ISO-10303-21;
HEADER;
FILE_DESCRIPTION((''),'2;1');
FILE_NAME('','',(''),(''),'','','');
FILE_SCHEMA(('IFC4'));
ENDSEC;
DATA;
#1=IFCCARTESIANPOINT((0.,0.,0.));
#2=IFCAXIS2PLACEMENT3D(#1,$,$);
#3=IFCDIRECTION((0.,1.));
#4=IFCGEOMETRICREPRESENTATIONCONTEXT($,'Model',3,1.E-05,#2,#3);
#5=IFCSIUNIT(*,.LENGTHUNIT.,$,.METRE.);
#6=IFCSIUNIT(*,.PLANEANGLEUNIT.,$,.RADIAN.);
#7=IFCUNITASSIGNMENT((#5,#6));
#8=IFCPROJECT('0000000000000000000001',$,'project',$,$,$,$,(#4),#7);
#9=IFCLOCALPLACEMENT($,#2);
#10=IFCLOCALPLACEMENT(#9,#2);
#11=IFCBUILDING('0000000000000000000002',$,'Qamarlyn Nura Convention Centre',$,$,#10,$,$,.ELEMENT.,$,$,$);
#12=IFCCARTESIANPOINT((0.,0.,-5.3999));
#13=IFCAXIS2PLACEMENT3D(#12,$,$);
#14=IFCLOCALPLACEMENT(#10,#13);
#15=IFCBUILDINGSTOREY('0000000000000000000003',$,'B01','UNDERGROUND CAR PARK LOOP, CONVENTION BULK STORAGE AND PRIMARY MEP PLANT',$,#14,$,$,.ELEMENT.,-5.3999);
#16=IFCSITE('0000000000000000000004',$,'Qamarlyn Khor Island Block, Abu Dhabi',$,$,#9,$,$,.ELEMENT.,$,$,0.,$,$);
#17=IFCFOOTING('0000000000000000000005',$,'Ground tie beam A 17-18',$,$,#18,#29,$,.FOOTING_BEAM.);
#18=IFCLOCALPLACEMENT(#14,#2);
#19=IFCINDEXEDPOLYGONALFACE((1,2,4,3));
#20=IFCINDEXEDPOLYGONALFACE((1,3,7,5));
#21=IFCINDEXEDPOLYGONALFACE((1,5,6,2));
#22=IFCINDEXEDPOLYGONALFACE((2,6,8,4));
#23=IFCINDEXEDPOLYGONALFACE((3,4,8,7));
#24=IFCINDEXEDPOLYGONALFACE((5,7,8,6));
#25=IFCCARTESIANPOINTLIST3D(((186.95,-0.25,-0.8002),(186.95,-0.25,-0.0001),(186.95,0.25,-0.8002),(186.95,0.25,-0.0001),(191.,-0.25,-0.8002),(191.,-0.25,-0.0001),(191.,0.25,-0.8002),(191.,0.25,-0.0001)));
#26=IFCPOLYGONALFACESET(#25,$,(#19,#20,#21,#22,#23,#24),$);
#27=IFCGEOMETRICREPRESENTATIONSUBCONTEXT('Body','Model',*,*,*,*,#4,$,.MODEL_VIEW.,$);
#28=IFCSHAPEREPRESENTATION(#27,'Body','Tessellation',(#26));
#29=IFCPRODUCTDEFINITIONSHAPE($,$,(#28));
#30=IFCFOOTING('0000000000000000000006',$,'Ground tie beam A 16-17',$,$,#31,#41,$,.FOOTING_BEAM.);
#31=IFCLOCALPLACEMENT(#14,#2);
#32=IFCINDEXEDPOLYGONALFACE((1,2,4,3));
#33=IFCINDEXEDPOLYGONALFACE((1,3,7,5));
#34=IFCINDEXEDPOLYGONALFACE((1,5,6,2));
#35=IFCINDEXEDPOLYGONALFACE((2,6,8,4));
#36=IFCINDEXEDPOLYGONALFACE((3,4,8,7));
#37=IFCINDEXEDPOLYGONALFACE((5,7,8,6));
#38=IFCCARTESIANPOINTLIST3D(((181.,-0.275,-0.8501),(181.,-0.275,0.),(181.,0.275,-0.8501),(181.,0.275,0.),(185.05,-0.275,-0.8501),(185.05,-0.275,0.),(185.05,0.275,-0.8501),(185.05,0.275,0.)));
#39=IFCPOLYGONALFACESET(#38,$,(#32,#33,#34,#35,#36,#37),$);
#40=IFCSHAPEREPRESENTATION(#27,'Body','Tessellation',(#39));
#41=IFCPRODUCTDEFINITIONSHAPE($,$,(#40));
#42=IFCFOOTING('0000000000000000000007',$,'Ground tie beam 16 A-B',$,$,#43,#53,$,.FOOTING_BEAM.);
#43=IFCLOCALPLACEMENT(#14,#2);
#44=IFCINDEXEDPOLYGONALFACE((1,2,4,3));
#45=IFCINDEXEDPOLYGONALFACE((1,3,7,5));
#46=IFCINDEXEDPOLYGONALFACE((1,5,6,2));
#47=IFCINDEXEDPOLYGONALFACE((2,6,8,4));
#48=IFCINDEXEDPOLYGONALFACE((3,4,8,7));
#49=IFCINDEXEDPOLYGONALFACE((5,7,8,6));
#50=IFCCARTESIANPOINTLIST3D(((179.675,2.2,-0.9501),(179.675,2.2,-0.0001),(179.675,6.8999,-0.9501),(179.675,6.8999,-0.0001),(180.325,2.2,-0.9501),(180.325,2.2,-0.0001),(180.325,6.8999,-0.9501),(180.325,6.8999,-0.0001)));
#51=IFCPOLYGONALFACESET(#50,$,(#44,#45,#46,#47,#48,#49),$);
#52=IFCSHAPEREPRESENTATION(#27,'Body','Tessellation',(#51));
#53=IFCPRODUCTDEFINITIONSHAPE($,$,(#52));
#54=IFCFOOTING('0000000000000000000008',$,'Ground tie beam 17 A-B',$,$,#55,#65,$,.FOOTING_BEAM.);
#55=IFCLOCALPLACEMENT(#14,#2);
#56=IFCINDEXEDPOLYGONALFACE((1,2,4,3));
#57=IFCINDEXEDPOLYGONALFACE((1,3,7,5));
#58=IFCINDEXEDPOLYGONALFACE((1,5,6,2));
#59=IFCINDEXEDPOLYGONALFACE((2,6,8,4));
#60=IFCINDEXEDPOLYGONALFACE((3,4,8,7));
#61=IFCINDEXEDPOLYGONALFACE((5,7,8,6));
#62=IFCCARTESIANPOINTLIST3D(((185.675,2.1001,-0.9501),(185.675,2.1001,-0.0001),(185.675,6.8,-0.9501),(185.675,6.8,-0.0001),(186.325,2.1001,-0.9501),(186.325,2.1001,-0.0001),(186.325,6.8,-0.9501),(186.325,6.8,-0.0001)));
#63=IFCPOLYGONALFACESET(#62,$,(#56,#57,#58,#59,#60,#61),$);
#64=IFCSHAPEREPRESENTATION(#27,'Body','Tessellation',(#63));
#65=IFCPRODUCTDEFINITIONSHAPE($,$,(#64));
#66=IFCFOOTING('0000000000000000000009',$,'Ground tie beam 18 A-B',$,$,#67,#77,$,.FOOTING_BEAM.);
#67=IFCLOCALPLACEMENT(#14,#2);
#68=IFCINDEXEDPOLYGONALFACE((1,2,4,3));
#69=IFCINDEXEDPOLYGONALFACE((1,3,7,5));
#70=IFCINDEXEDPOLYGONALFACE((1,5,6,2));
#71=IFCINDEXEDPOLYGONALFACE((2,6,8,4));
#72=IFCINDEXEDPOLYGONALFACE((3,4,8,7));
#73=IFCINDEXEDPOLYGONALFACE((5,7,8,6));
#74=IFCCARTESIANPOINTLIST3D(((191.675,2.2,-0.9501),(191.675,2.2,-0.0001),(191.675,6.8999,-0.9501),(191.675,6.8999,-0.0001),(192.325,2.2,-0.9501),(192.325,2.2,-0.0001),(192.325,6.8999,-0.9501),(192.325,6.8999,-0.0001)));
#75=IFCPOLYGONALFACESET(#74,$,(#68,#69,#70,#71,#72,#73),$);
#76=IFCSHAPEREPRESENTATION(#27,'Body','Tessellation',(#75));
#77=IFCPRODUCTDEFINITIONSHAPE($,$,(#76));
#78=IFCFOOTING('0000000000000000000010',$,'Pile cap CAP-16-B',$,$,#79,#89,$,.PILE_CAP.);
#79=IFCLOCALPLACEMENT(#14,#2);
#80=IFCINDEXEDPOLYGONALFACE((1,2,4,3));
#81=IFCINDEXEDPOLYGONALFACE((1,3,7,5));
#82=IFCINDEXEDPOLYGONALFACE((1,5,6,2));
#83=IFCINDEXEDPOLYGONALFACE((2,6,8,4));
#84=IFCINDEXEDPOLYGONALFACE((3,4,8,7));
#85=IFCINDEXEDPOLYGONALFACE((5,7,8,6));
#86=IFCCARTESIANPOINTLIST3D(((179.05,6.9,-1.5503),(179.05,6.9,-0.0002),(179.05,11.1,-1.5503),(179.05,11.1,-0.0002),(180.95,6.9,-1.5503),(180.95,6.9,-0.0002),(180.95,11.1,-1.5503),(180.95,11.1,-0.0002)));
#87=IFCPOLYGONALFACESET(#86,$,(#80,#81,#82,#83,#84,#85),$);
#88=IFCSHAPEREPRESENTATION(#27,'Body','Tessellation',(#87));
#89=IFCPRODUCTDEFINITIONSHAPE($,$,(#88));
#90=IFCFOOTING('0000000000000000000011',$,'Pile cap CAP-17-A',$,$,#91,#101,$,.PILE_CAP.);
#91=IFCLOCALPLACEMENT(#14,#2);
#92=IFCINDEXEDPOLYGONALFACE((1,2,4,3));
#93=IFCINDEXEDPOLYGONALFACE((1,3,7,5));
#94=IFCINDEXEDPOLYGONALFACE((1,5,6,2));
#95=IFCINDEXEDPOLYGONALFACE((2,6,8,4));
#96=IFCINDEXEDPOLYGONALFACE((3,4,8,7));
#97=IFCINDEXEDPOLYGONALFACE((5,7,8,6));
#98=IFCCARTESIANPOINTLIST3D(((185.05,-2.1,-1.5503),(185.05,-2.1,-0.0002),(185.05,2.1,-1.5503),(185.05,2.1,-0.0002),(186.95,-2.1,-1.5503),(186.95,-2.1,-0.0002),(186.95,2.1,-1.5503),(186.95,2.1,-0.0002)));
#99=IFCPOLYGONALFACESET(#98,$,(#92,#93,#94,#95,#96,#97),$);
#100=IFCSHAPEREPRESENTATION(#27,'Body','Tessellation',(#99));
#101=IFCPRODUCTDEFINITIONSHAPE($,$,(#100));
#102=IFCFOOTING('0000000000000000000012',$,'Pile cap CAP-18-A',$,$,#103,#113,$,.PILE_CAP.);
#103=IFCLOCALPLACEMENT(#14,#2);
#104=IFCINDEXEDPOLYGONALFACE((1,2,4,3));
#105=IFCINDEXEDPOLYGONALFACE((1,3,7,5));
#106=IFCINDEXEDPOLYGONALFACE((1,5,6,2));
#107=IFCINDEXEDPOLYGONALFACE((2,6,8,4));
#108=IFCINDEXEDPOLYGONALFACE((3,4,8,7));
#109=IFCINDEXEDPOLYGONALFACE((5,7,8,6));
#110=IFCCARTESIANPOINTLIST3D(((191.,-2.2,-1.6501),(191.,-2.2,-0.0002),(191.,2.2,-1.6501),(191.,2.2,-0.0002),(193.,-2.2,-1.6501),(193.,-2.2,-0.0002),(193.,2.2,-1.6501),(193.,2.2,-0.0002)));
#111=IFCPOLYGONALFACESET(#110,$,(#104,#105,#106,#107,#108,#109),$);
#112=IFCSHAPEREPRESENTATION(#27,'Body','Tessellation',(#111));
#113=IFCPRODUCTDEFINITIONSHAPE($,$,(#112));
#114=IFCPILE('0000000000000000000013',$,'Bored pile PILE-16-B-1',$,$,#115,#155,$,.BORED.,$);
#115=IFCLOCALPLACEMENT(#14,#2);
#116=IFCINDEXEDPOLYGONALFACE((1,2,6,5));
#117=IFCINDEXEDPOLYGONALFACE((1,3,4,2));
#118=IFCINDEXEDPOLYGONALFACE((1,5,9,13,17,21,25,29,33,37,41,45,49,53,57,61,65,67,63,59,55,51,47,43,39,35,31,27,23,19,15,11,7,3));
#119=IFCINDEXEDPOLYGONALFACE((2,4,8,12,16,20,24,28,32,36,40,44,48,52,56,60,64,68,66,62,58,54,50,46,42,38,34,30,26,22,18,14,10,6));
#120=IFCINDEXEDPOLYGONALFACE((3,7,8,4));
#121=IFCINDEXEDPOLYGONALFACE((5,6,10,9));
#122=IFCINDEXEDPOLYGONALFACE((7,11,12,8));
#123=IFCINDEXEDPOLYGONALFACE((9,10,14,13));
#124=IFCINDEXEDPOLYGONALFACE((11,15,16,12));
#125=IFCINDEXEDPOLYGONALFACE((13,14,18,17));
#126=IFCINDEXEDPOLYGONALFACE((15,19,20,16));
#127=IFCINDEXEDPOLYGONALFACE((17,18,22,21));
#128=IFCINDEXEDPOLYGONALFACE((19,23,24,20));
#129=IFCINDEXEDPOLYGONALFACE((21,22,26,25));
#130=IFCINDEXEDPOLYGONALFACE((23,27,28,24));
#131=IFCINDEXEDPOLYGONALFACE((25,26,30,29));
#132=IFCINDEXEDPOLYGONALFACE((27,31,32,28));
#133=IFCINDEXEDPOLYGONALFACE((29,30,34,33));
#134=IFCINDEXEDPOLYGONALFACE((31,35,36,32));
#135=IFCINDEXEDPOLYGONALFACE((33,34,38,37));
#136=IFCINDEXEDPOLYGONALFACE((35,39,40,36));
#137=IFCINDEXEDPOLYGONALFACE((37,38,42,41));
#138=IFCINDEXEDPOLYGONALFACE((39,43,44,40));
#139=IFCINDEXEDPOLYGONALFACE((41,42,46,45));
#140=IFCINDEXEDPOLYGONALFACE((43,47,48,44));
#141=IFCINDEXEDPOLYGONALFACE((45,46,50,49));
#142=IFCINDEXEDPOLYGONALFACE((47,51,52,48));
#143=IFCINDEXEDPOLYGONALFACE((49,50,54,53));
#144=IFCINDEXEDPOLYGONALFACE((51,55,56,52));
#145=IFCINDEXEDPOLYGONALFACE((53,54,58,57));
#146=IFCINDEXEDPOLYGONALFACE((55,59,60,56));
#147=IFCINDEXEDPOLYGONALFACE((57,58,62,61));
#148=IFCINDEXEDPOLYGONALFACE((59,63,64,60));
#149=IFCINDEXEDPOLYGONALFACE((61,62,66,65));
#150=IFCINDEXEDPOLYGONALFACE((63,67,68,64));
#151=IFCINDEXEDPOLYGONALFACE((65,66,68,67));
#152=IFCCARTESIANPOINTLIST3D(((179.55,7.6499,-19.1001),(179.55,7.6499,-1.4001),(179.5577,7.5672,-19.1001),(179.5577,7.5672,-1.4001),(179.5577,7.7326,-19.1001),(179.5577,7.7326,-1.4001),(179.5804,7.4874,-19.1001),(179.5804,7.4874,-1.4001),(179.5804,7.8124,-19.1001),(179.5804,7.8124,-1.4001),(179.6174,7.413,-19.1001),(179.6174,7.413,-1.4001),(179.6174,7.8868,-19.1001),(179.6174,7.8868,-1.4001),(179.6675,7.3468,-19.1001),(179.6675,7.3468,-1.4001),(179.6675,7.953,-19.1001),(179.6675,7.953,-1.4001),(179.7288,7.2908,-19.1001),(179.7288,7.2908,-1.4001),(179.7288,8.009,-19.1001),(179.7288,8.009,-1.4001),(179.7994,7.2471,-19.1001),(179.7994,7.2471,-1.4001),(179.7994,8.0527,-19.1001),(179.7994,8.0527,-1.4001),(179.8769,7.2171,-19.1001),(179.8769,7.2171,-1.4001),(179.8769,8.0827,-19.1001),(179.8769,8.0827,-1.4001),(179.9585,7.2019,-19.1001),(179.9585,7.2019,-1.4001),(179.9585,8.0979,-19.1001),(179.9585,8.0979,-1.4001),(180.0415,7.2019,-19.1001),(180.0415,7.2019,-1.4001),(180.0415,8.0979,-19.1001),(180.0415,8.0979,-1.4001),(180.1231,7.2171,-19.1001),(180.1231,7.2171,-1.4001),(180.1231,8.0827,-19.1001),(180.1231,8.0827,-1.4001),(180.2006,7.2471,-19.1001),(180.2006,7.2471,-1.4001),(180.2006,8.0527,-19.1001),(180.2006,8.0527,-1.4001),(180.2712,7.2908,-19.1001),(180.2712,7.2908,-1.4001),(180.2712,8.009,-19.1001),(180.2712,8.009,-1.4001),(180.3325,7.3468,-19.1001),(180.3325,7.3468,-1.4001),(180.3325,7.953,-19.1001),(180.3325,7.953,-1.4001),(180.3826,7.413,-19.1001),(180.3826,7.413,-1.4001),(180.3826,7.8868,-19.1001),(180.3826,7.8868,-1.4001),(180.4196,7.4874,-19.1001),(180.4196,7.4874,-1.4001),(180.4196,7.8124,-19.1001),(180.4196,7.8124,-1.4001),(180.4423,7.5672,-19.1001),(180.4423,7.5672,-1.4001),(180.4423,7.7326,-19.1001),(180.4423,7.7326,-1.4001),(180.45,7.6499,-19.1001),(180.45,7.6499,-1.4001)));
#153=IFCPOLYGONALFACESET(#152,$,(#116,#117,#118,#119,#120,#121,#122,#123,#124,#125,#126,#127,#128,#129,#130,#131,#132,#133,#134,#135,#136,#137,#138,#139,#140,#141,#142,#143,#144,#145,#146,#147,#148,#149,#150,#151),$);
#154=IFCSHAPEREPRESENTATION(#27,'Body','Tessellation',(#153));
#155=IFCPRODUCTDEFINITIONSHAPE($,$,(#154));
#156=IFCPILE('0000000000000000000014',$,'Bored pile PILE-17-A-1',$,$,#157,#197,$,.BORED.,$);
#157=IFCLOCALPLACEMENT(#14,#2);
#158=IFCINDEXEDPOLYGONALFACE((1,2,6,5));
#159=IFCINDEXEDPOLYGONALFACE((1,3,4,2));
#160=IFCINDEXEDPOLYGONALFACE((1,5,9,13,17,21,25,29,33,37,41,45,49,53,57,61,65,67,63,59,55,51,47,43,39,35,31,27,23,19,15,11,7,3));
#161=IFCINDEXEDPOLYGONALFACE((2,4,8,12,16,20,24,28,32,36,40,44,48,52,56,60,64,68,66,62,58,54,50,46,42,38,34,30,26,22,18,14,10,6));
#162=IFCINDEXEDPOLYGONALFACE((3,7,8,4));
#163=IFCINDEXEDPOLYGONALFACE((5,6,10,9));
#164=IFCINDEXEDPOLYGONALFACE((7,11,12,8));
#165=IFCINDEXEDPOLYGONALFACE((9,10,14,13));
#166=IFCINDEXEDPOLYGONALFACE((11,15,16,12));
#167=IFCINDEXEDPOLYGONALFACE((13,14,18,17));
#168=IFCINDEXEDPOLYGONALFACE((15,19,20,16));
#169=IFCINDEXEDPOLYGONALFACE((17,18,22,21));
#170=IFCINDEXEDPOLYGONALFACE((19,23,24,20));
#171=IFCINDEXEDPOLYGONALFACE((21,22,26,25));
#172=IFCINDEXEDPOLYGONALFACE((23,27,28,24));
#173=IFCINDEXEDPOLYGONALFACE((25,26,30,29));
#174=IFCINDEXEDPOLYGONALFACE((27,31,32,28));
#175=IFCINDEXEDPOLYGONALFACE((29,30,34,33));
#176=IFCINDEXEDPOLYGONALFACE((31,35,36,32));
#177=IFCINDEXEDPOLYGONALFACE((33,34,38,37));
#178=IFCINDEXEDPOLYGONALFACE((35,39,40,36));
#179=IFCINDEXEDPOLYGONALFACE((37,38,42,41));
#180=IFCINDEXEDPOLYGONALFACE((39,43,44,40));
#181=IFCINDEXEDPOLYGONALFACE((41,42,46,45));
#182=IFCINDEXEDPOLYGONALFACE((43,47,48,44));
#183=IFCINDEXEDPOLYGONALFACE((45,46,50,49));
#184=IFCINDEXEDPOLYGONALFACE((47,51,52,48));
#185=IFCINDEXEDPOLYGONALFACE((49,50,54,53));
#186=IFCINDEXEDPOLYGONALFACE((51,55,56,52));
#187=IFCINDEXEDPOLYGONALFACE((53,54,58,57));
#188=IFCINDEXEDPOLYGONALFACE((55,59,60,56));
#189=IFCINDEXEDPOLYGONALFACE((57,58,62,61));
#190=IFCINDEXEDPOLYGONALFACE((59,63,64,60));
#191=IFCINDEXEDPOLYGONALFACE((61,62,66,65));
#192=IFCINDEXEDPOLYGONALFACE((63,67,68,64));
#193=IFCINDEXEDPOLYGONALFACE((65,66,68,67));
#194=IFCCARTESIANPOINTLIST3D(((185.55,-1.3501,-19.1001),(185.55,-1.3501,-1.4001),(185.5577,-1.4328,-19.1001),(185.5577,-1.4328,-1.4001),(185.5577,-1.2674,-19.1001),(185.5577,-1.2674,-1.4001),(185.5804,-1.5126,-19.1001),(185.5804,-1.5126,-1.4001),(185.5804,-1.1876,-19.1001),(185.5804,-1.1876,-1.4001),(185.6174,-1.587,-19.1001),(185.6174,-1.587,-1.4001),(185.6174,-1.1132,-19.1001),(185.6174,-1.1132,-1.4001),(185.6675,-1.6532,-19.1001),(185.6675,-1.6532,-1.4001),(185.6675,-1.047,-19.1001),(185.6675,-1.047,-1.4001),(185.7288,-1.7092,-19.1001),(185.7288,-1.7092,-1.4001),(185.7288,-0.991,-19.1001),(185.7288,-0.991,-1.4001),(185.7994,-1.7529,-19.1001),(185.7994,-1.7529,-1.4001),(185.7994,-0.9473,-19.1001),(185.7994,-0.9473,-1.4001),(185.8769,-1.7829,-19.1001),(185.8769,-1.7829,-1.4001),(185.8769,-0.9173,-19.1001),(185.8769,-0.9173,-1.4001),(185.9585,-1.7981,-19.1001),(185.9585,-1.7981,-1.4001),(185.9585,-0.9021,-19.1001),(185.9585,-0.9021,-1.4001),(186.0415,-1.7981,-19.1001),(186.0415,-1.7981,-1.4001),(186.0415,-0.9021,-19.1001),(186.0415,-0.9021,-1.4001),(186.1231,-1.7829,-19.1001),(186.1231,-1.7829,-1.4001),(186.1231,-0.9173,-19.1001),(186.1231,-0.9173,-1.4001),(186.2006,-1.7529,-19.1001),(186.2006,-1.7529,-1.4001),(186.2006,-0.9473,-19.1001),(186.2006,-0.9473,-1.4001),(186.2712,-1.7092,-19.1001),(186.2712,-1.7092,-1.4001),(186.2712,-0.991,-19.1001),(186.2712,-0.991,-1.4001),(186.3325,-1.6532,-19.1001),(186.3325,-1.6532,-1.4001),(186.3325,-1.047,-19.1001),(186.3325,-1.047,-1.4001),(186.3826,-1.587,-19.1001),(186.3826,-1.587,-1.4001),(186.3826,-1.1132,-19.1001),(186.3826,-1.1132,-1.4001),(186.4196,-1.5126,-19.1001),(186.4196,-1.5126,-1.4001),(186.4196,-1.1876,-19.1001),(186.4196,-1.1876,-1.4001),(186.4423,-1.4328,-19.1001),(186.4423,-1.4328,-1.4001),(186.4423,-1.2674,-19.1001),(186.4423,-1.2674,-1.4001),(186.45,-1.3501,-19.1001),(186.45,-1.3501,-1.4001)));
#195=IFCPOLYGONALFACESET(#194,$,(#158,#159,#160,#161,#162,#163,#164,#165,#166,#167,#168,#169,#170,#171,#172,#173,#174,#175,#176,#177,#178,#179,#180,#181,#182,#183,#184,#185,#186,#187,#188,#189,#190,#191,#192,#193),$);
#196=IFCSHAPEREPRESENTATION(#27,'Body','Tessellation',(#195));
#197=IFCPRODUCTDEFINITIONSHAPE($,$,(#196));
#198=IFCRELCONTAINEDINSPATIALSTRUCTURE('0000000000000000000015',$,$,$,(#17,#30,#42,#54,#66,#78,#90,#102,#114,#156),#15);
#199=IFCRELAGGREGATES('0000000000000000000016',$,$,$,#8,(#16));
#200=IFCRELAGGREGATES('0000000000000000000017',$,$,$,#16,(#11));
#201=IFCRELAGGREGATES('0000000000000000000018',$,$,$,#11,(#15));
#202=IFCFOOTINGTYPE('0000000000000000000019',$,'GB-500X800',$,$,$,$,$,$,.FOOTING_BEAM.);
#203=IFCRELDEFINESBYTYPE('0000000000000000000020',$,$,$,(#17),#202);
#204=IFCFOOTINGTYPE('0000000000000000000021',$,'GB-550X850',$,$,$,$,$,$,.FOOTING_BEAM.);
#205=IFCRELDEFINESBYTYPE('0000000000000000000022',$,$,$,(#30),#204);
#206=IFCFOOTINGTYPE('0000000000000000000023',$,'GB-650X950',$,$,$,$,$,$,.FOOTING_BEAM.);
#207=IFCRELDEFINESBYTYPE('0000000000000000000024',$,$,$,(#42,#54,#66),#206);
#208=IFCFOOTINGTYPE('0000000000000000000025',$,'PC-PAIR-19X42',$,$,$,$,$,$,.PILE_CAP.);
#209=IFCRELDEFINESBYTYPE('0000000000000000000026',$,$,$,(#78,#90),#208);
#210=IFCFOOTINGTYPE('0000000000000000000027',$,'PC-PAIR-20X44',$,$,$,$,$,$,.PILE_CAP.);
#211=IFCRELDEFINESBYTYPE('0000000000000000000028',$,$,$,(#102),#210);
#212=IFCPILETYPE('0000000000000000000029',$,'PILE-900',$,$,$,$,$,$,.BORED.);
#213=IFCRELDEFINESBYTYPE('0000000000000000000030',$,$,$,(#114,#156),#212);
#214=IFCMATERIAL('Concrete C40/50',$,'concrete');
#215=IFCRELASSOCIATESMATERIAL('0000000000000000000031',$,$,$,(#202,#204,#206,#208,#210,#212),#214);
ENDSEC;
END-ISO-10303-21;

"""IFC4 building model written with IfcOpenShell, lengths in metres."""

from ifc_helpers import new_model, si_unit, direction, frame, origin, origin_2d, place, context, subcontext, project, spatial, rectangle, circle, extrude, material, material_profile, profile_set, type_object, element, save


model = new_model("IFC4")

# Units and contexts
model_context = context("Model", 3, precision=1e-05, world=origin(), true_north=direction((0.0, 1.0)))
body_context = subcontext(model_context, "Body", "Model", "MODEL_VIEW")
ifc_project = project(units=[si_unit("LENGTHUNIT", "METRE"), si_unit("PLANEANGLEUNIT", "RADIAN")], contexts=[model_context])

# Site, building, storey
site_placement = place(None, origin())
site = spatial("IfcSite", under=ifc_project, at=site_placement, Name="Qamarlyn Khor Island Block, Abu Dhabi", CompositionType="ELEMENT", RefElevation=0.0)
building_placement = place(site_placement, origin())
building = spatial("IfcBuilding", under=site, at=building_placement, Name="Qamarlyn Nura Convention Centre", CompositionType="ELEMENT")
storey_placement = place(building_placement, frame((0.0, 0.0, -5.3999)))
storey = spatial("IfcBuildingStorey", under=building, at=storey_placement, Name="B01", Description="UNDERGROUND CAR PARK LOOP, CONVENTION BULK STORAGE AND PRIMARY MEP PLANT", CompositionType="ELEMENT", Elevation=-5.3999)

# Footings
ifc_material_1 = material(Name="Concrete C40/50", Category="concrete")
ifc_material_profile_1 = material_profile(ifc_material_1, rectangle(XDim=0.5, YDim=0.8, at=origin_2d()), Name="RC GB 500x800")
ifc_profile_set_1 = profile_set([ifc_material_profile_1], Name="Concrete C40/50")
footing_type_1 = type_object("IfcFootingType", Name="GB-500X800", PredefinedType="FOOTING_BEAM", material=ifc_profile_set_1)
footing_1_placement = place(storey_placement, frame((186.95, 0.0, -0.4001), z_axis=(1.0, 0.0, 0.0), x_axis=(0.0, 1.0, 0.0)))
element("IfcFooting", 1, at=footing_1_placement, inside=storey, type_object=footing_type_1, Name="Ground tie beam A 17-18", PredefinedType="FOOTING_BEAM", context=body_context, shape_type="SweptSolid", body=[
    extrude(rectangle(XDim=0.5, YDim=0.8, at=origin_2d()), origin(), (0.0, 0.0, 1.0), 4.05),
])
ifc_material_profile_2 = material_profile(ifc_material_1, rectangle(XDim=0.55, YDim=0.8501, at=origin_2d()), Name="RC GB 550x850")
ifc_profile_set_2 = profile_set([ifc_material_profile_2], Name="Concrete C40/50")
footing_type_2 = type_object("IfcFootingType", Name="GB-550X850", PredefinedType="FOOTING_BEAM", material=ifc_profile_set_2)
footing_2_placement = place(storey_placement, frame((181.0, 0.0, -0.425), z_axis=(1.0, 0.0, 0.0), x_axis=(0.0, 1.0, 0.0)))
element("IfcFooting", 2, at=footing_2_placement, inside=storey, type_object=footing_type_2, Name="Ground tie beam A 16-17", PredefinedType="FOOTING_BEAM", context=body_context, shape_type="SweptSolid", body=[
    extrude(rectangle(XDim=0.55, YDim=0.8501, at=origin_2d()), origin(), (0.0, 0.0, 1.0), 4.05),
])
ifc_material_profile_3 = material_profile(ifc_material_1, rectangle(XDim=0.6499, YDim=0.95, at=origin_2d()), Name="RC GB 650x950")
ifc_profile_set_3 = profile_set([ifc_material_profile_3], Name="Concrete C40/50")
footing_type_3 = type_object("IfcFootingType", Name="GB-650X950", PredefinedType="FOOTING_BEAM", material=ifc_profile_set_3)
for number, where, z_axis, x_axis, name in (
    (3, (180.0, 2.2, -0.4751), (0.0, 1.0, 0.0), (-1.0, 0.0, 0.0), "Ground tie beam 16 A-B"),
    (4, (186.0, 2.1001, -0.4751), (0.0, 1.0, 0.0), (-1.0, 0.0, 0.0), "Ground tie beam 17 A-B"),
    (5, (192.0, 2.2, -0.4751), (0.0, 1.0, 0.0), (-1.0, 0.0, 0.0), "Ground tie beam 18 A-B"),
):
    element("IfcFooting", number, at=place(storey_placement, frame(where, z_axis=z_axis, x_axis=x_axis)), inside=storey, type_object=footing_type_3, Name=name, PredefinedType="FOOTING_BEAM", context=body_context, shape_type="SweptSolid", body=[
        extrude(rectangle(XDim=0.6499, YDim=0.95, at=origin_2d()), origin(), (0.0, 0.0, 1.0), 4.7),
    ])
footing_type_4 = type_object("IfcFootingType", Name="PC-PAIR-19X42", PredefinedType="PILE_CAP", material=ifc_material_1)
for number, where, z_axis, x_axis, name in (
    (6, (180.0, 9.0, -1.5503), (0.0, 0.0, 1.0), (1.0, 0.0, 0.0), "Pile cap CAP-16-B"),
    (7, (186.0, 0.0, -1.5503), (0.0, 0.0, 1.0), (1.0, 0.0, 0.0), "Pile cap CAP-17-A"),
):
    element("IfcFooting", number, at=place(storey_placement, frame(where, z_axis=z_axis, x_axis=x_axis)), inside=storey, type_object=footing_type_4, Name=name, PredefinedType="PILE_CAP", context=body_context, shape_type="SweptSolid", body=[
        extrude(rectangle(XDim=1.8999, YDim=4.2, at=origin_2d()), origin(), (0.0, 0.0, 1.0), 1.55),
    ])
footing_type_5 = type_object("IfcFootingType", Name="PC-PAIR-20X44", PredefinedType="PILE_CAP", material=ifc_material_1)
footing_3_placement = place(storey_placement, frame((192.0, 0.0, -1.6501), z_axis=(0.0, 0.0, 1.0), x_axis=(1.0, 0.0, 0.0)))
element("IfcFooting", 8, at=footing_3_placement, inside=storey, type_object=footing_type_5, Name="Pile cap CAP-18-A", PredefinedType="PILE_CAP", context=body_context, shape_type="SweptSolid", body=[
    extrude(rectangle(XDim=2.0, YDim=4.3999, at=origin_2d()), origin(), (0.0, 0.0, 1.0), 1.6499),
])

# Piles
ifc_material_profile_4 = material_profile(ifc_material_1, circle(Radius=0.45, at=origin_2d()), Name="BORED PILE 900")
ifc_profile_set_4 = profile_set([ifc_material_profile_4], Name="Concrete C40/50")
pile_type = type_object("IfcPileType", Name="PILE-900", PredefinedType="BORED", material=ifc_profile_set_4)
for number, where, z_axis, x_axis, name in (
    (9, (180.0, 7.6499, -1.4001), (0.0, 0.0, -1.0), (1.0, 0.0, 0.0), "Bored pile PILE-16-B-1"),
    (10, (186.0, -1.3501, -1.4001), (0.0, 0.0, -1.0), (1.0, 0.0, 0.0), "Bored pile PILE-17-A-1"),
):
    element("IfcPile", number, at=place(storey_placement, frame(where, z_axis=z_axis, x_axis=x_axis)), inside=storey, type_object=pile_type, Name=name, PredefinedType="BORED", context=body_context, shape_type="SweptSolid", body=[
        extrude(circle(Radius=0.45, at=origin_2d()), origin(), (0.0, 0.0, 1.0), 17.7),
    ])

save(model, "model.ifc")
